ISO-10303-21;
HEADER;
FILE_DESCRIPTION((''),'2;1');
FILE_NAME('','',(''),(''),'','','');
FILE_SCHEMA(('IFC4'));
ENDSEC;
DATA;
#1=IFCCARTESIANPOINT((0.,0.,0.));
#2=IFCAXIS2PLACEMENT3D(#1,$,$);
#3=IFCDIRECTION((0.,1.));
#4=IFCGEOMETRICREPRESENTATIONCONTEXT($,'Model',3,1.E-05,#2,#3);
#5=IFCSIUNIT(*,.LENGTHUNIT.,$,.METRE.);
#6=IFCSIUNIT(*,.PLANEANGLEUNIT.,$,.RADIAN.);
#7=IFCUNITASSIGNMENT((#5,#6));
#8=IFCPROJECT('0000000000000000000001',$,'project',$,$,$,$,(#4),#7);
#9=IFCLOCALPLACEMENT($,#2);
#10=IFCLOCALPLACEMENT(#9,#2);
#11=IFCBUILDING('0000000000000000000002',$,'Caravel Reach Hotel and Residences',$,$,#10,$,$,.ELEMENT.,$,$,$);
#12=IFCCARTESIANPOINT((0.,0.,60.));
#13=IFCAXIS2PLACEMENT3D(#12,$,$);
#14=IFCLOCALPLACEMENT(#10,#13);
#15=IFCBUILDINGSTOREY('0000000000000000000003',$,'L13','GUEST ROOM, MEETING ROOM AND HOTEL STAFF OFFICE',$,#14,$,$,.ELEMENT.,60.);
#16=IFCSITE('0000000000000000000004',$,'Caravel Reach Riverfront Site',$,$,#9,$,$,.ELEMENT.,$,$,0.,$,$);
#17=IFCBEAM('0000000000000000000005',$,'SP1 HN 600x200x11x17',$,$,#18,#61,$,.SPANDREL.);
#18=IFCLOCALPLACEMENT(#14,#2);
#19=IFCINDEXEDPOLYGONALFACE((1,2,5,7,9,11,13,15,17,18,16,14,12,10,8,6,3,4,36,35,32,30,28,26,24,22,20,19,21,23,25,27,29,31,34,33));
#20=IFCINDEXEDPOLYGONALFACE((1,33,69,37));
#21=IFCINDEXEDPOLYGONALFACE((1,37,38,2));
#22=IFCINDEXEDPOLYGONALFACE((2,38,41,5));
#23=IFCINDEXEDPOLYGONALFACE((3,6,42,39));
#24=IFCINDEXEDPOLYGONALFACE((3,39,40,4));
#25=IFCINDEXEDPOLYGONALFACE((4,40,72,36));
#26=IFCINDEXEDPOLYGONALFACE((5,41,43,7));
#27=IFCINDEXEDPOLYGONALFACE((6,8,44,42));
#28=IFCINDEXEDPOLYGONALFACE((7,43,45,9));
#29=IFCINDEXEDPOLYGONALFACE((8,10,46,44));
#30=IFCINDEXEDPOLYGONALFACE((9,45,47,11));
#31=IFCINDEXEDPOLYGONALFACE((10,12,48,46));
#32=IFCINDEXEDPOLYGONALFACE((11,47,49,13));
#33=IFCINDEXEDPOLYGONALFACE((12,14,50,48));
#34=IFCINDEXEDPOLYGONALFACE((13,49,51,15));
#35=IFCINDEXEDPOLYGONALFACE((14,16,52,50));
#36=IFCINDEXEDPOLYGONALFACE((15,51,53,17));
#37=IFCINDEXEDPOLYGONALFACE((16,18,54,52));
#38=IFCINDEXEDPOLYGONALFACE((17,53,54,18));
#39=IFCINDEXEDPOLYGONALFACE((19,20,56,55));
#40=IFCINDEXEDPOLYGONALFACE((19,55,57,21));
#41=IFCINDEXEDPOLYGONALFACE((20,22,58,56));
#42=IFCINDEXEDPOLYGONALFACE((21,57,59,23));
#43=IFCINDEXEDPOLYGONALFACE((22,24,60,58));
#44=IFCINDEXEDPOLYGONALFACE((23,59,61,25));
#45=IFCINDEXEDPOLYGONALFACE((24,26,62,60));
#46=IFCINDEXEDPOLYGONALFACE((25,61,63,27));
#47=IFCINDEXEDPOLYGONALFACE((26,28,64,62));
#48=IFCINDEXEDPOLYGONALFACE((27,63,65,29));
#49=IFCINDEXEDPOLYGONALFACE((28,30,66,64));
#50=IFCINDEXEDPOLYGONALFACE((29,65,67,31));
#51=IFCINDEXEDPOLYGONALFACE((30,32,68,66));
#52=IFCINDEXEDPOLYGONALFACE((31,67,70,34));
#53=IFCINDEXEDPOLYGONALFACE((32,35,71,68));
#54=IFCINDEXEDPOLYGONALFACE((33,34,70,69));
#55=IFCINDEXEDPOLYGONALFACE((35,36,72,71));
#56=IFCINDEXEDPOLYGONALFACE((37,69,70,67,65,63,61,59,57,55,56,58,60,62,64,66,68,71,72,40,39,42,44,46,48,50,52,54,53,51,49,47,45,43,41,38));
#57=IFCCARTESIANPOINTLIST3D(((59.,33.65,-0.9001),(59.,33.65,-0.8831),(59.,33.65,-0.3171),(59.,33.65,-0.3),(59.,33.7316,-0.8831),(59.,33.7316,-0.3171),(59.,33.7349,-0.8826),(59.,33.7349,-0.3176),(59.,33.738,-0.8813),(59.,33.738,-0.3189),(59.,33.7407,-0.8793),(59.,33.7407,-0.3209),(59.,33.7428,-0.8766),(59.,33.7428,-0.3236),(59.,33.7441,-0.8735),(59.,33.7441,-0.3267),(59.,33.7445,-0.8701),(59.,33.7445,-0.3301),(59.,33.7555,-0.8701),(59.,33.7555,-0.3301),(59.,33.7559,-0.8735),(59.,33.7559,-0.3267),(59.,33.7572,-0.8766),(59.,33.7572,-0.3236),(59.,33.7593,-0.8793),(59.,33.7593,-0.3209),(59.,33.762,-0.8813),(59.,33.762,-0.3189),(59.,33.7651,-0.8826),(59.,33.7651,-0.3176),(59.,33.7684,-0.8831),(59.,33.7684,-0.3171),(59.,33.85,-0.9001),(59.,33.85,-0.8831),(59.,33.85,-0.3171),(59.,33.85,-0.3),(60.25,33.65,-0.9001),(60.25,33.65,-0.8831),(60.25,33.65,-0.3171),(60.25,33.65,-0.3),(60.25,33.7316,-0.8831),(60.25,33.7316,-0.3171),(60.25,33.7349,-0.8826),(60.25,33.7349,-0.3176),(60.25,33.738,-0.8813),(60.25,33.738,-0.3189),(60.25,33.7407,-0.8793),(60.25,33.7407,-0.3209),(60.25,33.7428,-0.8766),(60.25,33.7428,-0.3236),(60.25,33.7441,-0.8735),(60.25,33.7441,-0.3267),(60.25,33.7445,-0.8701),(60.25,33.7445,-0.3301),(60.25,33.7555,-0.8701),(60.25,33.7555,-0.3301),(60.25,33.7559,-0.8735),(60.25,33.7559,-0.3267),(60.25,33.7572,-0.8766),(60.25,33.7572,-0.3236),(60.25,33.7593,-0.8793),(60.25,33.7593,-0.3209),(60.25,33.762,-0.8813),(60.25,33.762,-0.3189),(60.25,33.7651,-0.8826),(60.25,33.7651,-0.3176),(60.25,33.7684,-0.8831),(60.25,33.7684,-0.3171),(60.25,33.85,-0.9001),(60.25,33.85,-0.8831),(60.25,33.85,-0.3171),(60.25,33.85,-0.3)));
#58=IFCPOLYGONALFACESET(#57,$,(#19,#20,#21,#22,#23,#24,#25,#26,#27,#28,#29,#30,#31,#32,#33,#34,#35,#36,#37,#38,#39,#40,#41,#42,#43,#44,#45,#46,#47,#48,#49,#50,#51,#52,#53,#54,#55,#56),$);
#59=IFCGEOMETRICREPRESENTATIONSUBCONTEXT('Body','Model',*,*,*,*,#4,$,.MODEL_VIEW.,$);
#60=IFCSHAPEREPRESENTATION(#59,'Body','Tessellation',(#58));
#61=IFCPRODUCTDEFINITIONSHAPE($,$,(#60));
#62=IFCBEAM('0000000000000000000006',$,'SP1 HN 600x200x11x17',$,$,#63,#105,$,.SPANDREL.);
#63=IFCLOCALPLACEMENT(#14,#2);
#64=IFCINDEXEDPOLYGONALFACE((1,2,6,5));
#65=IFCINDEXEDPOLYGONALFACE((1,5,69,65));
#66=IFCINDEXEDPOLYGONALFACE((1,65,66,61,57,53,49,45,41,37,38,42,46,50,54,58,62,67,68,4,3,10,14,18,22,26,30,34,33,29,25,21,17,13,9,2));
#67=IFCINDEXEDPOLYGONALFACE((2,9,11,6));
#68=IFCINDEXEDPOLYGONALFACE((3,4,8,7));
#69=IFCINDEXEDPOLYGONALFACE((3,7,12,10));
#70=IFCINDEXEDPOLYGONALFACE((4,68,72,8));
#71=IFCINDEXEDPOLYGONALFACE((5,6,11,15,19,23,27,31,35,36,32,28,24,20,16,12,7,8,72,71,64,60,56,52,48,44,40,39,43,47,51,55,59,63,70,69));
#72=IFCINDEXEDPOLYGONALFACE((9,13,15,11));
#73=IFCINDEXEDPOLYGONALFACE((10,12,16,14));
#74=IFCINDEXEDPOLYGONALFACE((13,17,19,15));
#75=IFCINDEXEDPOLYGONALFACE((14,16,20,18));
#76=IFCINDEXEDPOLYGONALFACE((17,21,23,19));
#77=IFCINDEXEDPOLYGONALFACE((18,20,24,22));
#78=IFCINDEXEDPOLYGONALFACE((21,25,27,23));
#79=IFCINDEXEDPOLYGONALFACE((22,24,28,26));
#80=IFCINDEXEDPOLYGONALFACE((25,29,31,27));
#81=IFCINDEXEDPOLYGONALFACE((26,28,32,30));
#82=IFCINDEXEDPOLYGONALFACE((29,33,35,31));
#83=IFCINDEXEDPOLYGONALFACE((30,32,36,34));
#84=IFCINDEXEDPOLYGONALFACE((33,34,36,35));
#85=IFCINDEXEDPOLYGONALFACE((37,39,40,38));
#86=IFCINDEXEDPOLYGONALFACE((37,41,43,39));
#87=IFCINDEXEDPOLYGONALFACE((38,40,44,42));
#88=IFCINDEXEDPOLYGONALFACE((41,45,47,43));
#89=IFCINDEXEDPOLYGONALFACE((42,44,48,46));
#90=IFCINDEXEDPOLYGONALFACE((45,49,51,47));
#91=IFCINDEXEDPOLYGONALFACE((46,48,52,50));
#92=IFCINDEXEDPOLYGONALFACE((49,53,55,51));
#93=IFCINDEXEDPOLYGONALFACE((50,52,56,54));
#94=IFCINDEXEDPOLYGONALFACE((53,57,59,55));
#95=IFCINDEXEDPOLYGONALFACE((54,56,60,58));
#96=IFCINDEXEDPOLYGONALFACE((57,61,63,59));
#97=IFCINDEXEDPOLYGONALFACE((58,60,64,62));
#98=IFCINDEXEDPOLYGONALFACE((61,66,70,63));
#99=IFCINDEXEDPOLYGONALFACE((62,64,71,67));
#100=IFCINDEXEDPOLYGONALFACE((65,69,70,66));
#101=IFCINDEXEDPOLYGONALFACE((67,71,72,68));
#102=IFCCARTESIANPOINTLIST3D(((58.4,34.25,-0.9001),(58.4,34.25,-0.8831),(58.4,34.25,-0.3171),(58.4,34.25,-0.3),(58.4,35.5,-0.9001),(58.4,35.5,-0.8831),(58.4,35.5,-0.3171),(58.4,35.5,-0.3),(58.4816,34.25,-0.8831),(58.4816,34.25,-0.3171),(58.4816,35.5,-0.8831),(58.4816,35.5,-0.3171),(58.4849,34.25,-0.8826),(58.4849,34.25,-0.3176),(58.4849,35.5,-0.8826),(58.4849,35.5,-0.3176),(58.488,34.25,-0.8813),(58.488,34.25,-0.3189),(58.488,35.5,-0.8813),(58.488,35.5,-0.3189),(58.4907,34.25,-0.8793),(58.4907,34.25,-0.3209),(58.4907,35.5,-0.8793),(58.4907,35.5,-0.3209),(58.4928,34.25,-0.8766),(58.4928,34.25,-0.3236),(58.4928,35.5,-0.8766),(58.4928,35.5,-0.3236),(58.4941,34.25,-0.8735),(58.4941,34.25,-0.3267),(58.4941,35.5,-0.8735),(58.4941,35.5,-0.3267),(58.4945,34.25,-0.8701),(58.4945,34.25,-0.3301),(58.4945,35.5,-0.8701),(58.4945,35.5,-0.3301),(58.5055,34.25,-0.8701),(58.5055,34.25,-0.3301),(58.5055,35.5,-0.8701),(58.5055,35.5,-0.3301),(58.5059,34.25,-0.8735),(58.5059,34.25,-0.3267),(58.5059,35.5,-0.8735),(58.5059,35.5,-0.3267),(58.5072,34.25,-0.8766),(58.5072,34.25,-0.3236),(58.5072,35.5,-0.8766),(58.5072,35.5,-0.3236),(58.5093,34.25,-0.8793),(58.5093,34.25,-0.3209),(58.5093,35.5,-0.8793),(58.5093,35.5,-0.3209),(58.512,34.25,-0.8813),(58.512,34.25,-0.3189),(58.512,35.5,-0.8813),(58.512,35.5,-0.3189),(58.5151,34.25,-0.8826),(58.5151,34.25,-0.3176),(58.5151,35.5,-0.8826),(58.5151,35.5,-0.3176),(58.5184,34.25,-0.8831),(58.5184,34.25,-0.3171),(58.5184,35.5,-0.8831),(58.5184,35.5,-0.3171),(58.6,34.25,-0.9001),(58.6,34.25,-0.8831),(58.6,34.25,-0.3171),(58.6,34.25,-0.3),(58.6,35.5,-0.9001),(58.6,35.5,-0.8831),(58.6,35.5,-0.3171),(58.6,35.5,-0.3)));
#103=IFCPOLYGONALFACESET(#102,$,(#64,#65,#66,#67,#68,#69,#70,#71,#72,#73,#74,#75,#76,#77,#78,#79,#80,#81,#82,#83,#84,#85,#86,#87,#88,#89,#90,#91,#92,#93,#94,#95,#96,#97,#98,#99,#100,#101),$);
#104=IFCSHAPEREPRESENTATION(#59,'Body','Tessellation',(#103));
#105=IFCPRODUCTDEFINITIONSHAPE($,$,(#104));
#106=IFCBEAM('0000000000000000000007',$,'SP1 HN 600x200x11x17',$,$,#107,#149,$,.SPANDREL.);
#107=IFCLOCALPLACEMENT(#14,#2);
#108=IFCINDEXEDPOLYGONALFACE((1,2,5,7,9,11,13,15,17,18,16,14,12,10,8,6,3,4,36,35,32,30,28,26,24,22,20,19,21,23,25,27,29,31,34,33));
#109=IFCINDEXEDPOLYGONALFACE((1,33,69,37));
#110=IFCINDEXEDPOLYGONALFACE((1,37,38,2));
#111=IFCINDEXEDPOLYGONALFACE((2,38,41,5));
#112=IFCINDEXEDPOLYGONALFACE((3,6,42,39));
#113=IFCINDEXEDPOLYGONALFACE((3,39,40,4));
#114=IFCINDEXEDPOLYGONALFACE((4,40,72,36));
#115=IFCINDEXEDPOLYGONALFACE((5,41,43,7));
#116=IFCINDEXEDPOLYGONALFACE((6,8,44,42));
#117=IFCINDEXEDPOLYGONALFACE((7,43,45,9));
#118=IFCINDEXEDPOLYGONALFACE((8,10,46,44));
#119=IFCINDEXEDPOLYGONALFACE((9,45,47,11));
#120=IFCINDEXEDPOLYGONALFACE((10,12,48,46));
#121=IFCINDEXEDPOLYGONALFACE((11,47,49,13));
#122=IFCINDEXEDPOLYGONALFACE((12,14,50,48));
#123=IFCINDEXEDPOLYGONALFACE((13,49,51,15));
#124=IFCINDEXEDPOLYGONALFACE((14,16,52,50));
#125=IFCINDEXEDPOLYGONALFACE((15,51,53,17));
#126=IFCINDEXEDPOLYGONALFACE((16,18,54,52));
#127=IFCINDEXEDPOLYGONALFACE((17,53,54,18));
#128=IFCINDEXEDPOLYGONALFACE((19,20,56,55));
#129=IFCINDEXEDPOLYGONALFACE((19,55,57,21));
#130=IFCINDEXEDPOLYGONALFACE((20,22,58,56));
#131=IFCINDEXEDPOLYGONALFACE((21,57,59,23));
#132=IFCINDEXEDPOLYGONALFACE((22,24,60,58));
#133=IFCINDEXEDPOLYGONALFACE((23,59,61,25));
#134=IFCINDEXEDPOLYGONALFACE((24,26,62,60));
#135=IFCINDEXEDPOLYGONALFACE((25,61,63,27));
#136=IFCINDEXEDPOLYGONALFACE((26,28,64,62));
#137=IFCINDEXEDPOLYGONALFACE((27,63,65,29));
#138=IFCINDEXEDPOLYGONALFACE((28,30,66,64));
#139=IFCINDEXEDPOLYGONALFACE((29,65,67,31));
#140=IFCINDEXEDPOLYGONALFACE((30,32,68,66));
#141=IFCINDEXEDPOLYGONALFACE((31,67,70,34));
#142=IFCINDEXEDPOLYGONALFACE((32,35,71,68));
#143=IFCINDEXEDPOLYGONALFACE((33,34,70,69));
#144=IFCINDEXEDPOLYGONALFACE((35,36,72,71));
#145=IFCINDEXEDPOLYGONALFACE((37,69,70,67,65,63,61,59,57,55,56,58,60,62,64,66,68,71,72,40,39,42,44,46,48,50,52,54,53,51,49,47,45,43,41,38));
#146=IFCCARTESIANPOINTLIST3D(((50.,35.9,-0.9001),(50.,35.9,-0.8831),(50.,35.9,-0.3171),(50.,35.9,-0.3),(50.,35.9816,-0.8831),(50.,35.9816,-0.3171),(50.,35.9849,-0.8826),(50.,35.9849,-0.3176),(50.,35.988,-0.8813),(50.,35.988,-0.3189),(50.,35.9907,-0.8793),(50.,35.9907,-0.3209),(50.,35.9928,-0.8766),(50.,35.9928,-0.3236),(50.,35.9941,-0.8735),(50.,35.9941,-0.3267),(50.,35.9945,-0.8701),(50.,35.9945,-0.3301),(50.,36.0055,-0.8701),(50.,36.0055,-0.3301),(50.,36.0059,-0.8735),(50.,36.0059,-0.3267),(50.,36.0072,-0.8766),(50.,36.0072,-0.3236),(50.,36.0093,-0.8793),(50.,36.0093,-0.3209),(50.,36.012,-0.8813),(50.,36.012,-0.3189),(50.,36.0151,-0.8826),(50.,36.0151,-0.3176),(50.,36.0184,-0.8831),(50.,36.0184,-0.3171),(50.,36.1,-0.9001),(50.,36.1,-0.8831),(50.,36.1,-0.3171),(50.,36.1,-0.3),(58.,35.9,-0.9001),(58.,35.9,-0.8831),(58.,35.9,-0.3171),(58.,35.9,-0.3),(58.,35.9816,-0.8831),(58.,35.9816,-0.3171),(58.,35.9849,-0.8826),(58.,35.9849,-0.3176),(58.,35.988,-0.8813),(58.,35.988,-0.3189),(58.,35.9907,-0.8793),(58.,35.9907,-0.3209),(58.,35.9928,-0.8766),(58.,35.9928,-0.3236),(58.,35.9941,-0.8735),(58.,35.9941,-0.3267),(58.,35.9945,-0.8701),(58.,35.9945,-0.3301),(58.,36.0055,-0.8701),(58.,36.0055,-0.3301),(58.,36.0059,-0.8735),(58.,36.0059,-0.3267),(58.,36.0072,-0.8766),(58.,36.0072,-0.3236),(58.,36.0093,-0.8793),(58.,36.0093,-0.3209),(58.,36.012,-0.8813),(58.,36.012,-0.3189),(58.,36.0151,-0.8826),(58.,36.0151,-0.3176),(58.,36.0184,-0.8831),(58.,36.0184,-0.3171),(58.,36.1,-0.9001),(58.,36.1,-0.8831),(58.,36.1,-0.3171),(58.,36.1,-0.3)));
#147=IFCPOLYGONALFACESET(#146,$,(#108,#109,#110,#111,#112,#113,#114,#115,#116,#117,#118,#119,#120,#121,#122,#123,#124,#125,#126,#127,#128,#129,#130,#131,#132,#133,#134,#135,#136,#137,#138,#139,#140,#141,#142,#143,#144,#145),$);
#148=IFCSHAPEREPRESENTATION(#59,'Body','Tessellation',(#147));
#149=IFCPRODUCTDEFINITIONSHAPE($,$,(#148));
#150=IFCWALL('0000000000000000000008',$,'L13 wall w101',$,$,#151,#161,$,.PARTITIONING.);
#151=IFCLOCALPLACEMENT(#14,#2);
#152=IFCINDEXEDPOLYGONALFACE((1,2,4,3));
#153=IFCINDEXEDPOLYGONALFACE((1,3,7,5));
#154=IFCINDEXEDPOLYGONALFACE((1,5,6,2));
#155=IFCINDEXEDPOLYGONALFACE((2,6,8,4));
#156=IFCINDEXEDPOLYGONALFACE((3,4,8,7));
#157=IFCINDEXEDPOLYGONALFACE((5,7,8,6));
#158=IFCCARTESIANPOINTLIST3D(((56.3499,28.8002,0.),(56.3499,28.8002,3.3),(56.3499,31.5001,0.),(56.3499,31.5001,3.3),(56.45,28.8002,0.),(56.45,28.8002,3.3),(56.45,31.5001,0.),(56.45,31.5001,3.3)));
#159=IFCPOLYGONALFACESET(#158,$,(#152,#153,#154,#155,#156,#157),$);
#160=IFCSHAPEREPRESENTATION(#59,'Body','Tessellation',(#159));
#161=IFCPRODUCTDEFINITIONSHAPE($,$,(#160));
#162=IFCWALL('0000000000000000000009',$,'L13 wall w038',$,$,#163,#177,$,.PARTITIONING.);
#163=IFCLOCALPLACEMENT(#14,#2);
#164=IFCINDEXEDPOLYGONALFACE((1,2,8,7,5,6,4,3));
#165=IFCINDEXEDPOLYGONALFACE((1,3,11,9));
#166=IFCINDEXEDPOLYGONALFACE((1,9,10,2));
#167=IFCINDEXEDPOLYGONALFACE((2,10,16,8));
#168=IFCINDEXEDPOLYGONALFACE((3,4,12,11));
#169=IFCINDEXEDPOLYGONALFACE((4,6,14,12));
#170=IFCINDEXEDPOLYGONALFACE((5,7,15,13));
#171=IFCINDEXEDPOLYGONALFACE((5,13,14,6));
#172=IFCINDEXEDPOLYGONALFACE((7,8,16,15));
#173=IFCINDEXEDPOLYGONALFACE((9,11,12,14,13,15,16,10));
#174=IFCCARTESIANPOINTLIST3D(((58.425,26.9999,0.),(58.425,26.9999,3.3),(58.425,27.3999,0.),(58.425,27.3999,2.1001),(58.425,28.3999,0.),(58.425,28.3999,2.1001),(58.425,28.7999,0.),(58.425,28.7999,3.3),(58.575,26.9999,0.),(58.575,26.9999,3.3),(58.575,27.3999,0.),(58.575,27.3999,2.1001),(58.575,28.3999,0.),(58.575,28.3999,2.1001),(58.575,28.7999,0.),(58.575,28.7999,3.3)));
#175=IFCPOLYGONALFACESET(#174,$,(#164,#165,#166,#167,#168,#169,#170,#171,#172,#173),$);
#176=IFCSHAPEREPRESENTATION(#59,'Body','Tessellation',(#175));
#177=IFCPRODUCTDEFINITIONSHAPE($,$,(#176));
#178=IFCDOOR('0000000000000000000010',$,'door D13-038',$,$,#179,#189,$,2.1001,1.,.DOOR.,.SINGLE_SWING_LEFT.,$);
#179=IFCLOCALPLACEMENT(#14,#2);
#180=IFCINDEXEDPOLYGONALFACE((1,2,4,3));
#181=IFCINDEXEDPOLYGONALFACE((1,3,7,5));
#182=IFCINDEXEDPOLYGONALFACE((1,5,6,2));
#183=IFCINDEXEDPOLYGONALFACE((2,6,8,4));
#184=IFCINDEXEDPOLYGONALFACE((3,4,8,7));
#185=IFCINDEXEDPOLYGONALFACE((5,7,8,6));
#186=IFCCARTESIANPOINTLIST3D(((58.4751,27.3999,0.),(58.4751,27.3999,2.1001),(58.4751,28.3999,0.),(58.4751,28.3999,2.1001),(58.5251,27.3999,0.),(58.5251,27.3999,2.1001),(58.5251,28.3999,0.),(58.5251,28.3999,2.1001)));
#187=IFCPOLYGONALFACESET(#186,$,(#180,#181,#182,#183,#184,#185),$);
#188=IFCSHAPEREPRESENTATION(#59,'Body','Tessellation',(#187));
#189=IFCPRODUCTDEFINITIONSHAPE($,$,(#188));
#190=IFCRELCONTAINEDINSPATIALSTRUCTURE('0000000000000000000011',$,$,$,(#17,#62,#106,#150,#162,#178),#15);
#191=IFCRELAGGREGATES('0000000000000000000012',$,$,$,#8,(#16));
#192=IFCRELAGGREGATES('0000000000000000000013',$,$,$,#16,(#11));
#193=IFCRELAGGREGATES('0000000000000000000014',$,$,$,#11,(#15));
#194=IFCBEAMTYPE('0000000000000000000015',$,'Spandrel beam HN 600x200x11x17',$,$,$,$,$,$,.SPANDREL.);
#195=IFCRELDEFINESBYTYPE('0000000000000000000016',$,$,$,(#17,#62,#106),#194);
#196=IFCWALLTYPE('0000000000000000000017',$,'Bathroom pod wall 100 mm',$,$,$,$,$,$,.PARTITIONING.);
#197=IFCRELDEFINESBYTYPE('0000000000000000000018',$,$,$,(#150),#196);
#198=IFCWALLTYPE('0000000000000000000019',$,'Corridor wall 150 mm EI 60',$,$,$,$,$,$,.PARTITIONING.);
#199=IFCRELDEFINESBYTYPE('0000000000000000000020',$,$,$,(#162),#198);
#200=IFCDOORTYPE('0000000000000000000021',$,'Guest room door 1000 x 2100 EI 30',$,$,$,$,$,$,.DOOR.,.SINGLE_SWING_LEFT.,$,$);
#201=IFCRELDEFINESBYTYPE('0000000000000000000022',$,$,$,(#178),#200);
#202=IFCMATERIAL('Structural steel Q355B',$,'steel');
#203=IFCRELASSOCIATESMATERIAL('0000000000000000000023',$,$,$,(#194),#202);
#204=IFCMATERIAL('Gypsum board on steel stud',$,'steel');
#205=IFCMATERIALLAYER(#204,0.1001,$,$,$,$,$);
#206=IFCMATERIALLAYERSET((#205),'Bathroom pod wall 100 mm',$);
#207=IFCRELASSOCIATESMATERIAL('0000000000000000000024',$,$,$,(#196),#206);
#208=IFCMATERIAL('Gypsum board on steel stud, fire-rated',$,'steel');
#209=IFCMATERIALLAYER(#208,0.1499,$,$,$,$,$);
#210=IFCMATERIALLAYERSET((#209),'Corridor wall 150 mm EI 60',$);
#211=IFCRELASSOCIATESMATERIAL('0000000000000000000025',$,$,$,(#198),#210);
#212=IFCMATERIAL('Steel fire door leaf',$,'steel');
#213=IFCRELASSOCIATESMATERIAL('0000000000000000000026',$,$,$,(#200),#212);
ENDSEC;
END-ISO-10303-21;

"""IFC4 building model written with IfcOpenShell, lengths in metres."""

from ifc_helpers import new_model, si_unit, direction, frame, frame_2d, origin, origin_2d, place, context, subcontext, project, spatial, rectangle, i_section, extrude, material, layer, layer_set, material_profile, profile_set, type_object, element, fill, save


model = new_model("IFC4")

# Units and contexts
model_context = context("Model", 3, precision=1e-05, world=origin(), true_north=direction((0.0, 1.0)))
body_context = subcontext(model_context, "Body", "Model", "MODEL_VIEW")
ifc_project = project(units=[si_unit("LENGTHUNIT", "METRE"), si_unit("PLANEANGLEUNIT", "RADIAN")], contexts=[model_context])

# Site, building, storey
site_placement = place(None, origin())
site = spatial("IfcSite", under=ifc_project, at=site_placement, Name="Caravel Reach Riverfront Site", CompositionType="ELEMENT", RefElevation=0.0)
building_placement = place(site_placement, origin())
building = spatial("IfcBuilding", under=site, at=building_placement, Name="Caravel Reach Hotel and Residences", CompositionType="ELEMENT")
storey_placement = place(building_placement, frame((0.0, 0.0, 60.0)))
storey = spatial("IfcBuildingStorey", under=building, at=storey_placement, Name="L13", Description="GUEST ROOM, MEETING ROOM AND HOTEL STAFF OFFICE", CompositionType="ELEMENT", Elevation=60.0)

# Beams
ifc_material_1 = material(Name="Structural steel Q355B", Category="steel")
ifc_material_profile_1 = material_profile(ifc_material_1, i_section(OverallWidth=0.2, OverallDepth=0.6001, WebThickness=0.011, FlangeThickness=0.0171, FilletRadius=0.0129, at=origin_2d()), Name="HN 600x200x11x17")
ifc_profile_set_1 = profile_set([ifc_material_profile_1], Name="Structural steel Q355B")
beam_type = type_object("IfcBeamType", Name="Spandrel beam HN 600x200x11x17", PredefinedType="SPANDREL", material=ifc_profile_set_1)
for number, where, z_axis, x_axis, name in (
    (1, (60.25, 33.75, -0.6001), (-1.0, 0.0, 0.0), (0.0, -1.0, 0.0), "SP1 HN 600x200x11x17"),
    (2, (58.5, 34.25, -0.6001), (0.0, 1.0, 0.0), (-1.0, 0.0, 0.0), "SP1 HN 600x200x11x17"),
):
    element("IfcBeam", number, at=place(storey_placement, frame(where, z_axis=z_axis, x_axis=x_axis)), inside=storey, type_object=beam_type, Name=name, PredefinedType="SPANDREL", context=body_context, shape_type="SweptSolid", body=[
        extrude(i_section(OverallWidth=0.2, OverallDepth=0.6001, WebThickness=0.011, FlangeThickness=0.0171, FilletRadius=0.0129, at=origin_2d()), origin(), (0.0, 0.0, 1.0), 1.25),
    ])
beam_placement = place(storey_placement, frame((58.0, 36.0, -0.6001), z_axis=(-1.0, 0.0, 0.0), x_axis=(0.0, -1.0, 0.0)))
element("IfcBeam", 3, at=beam_placement, inside=storey, type_object=beam_type, Name="SP1 HN 600x200x11x17", PredefinedType="SPANDREL", context=body_context, shape_type="SweptSolid", body=[
    extrude(i_section(OverallWidth=0.2, OverallDepth=0.6001, WebThickness=0.011, FlangeThickness=0.0171, FilletRadius=0.0129, at=origin_2d()), origin(), (0.0, 0.0, 1.0), 8.0),
])

# Wall
ifc_material_2 = material(Name="Gypsum board on steel stud", Category="steel")
ifc_layer_1 = layer(ifc_material_2, 0.1001)
ifc_layer_set_1 = layer_set([ifc_layer_1], Name="Bathroom pod wall 100 mm")
wall_type_1 = type_object("IfcWallType", Name="Bathroom pod wall 100 mm", PredefinedType="PARTITIONING", material=ifc_layer_set_1)
wall_1_placement = place(storey_placement, frame((56.3999, 28.8, 0.0), z_axis=(0.0, 0.0, 1.0), x_axis=(0.0, 1.0, 0.0)))
element("IfcWall", 4, at=wall_1_placement, inside=storey, type_object=wall_type_1, Name="L13 wall w101", PredefinedType="PARTITIONING", context=body_context, shape_type="SweptSolid", body=[
    extrude(rectangle(XDim=2.7, YDim=0.1001, at=frame_2d((1.3501, 0.0))), origin(), (0.0, 0.0, 1.0), 3.3),
])

# Wall, opening, door
ifc_material_3 = material(Name="Gypsum board on steel stud, fire-rated", Category="steel")
ifc_layer_2 = layer(ifc_material_3, 0.1499)
ifc_layer_set_2 = layer_set([ifc_layer_2], Name="Corridor wall 150 mm EI 60")
wall_type_2 = type_object("IfcWallType", Name="Corridor wall 150 mm EI 60", PredefinedType="PARTITIONING", material=ifc_layer_set_2)
wall_2_placement = place(storey_placement, frame((58.5, 27.0, 0.0), z_axis=(0.0, 0.0, 1.0), x_axis=(0.0, 1.0, 0.0)))
wall_2 = element("IfcWall", 5, at=wall_2_placement, inside=storey, type_object=wall_type_2, Name="L13 wall w038", PredefinedType="PARTITIONING", context=body_context, shape_type="SweptSolid", body=[
    extrude(rectangle(XDim=1.8, YDim=0.1499, at=frame_2d((0.8999, 0.0))), origin(), (0.0, 0.0, 1.0), 3.3),
])
opening_1_placement = place(wall_2_placement, frame((0.3999, 0.0, 0.0)))
opening_1 = element("IfcOpeningElement", 6, at=opening_1_placement, cuts=wall_2, PredefinedType="OPENING", context=body_context, shape_type="SweptSolid", body=[
    extrude(rectangle(XDim=1.0, YDim=2.1001, at=frame_2d((0.5, 1.05))), frame((0.0, 0.085, 0.0), z_axis=(0.0, -1.0, 0.0), x_axis=(1.0, 0.0, 0.0)), (0.0, 0.0, 1.0), 0.1699),
])
ifc_material_4 = material(Name="Steel fire door leaf", Category="steel")
door_type = type_object("IfcDoorType", Name="Guest room door 1000 x 2100 EI 30", OperationType="SINGLE_SWING_LEFT", PredefinedType="DOOR", material=ifc_material_4)
door_placement = place(opening_1_placement, origin())
door = element("IfcDoor", 7, at=door_placement, inside=storey, type_object=door_type, Name="door D13-038", OperationType="SINGLE_SWING_LEFT", OverallHeight=2.1001, OverallWidth=1.0, PredefinedType="DOOR", context=body_context, shape_type="SweptSolid", body=[
    extrude(rectangle(XDim=1.0, YDim=2.1001, at=frame_2d((0.5, 1.05))), frame((0.0, 0.0249, 0.0), z_axis=(0.0, -1.0, 0.0), x_axis=(1.0, 0.0, 0.0)), (0.0, 0.0, 1.0), 0.05),
])
fill(opening_1, door)

save(model, "model.ifc")
